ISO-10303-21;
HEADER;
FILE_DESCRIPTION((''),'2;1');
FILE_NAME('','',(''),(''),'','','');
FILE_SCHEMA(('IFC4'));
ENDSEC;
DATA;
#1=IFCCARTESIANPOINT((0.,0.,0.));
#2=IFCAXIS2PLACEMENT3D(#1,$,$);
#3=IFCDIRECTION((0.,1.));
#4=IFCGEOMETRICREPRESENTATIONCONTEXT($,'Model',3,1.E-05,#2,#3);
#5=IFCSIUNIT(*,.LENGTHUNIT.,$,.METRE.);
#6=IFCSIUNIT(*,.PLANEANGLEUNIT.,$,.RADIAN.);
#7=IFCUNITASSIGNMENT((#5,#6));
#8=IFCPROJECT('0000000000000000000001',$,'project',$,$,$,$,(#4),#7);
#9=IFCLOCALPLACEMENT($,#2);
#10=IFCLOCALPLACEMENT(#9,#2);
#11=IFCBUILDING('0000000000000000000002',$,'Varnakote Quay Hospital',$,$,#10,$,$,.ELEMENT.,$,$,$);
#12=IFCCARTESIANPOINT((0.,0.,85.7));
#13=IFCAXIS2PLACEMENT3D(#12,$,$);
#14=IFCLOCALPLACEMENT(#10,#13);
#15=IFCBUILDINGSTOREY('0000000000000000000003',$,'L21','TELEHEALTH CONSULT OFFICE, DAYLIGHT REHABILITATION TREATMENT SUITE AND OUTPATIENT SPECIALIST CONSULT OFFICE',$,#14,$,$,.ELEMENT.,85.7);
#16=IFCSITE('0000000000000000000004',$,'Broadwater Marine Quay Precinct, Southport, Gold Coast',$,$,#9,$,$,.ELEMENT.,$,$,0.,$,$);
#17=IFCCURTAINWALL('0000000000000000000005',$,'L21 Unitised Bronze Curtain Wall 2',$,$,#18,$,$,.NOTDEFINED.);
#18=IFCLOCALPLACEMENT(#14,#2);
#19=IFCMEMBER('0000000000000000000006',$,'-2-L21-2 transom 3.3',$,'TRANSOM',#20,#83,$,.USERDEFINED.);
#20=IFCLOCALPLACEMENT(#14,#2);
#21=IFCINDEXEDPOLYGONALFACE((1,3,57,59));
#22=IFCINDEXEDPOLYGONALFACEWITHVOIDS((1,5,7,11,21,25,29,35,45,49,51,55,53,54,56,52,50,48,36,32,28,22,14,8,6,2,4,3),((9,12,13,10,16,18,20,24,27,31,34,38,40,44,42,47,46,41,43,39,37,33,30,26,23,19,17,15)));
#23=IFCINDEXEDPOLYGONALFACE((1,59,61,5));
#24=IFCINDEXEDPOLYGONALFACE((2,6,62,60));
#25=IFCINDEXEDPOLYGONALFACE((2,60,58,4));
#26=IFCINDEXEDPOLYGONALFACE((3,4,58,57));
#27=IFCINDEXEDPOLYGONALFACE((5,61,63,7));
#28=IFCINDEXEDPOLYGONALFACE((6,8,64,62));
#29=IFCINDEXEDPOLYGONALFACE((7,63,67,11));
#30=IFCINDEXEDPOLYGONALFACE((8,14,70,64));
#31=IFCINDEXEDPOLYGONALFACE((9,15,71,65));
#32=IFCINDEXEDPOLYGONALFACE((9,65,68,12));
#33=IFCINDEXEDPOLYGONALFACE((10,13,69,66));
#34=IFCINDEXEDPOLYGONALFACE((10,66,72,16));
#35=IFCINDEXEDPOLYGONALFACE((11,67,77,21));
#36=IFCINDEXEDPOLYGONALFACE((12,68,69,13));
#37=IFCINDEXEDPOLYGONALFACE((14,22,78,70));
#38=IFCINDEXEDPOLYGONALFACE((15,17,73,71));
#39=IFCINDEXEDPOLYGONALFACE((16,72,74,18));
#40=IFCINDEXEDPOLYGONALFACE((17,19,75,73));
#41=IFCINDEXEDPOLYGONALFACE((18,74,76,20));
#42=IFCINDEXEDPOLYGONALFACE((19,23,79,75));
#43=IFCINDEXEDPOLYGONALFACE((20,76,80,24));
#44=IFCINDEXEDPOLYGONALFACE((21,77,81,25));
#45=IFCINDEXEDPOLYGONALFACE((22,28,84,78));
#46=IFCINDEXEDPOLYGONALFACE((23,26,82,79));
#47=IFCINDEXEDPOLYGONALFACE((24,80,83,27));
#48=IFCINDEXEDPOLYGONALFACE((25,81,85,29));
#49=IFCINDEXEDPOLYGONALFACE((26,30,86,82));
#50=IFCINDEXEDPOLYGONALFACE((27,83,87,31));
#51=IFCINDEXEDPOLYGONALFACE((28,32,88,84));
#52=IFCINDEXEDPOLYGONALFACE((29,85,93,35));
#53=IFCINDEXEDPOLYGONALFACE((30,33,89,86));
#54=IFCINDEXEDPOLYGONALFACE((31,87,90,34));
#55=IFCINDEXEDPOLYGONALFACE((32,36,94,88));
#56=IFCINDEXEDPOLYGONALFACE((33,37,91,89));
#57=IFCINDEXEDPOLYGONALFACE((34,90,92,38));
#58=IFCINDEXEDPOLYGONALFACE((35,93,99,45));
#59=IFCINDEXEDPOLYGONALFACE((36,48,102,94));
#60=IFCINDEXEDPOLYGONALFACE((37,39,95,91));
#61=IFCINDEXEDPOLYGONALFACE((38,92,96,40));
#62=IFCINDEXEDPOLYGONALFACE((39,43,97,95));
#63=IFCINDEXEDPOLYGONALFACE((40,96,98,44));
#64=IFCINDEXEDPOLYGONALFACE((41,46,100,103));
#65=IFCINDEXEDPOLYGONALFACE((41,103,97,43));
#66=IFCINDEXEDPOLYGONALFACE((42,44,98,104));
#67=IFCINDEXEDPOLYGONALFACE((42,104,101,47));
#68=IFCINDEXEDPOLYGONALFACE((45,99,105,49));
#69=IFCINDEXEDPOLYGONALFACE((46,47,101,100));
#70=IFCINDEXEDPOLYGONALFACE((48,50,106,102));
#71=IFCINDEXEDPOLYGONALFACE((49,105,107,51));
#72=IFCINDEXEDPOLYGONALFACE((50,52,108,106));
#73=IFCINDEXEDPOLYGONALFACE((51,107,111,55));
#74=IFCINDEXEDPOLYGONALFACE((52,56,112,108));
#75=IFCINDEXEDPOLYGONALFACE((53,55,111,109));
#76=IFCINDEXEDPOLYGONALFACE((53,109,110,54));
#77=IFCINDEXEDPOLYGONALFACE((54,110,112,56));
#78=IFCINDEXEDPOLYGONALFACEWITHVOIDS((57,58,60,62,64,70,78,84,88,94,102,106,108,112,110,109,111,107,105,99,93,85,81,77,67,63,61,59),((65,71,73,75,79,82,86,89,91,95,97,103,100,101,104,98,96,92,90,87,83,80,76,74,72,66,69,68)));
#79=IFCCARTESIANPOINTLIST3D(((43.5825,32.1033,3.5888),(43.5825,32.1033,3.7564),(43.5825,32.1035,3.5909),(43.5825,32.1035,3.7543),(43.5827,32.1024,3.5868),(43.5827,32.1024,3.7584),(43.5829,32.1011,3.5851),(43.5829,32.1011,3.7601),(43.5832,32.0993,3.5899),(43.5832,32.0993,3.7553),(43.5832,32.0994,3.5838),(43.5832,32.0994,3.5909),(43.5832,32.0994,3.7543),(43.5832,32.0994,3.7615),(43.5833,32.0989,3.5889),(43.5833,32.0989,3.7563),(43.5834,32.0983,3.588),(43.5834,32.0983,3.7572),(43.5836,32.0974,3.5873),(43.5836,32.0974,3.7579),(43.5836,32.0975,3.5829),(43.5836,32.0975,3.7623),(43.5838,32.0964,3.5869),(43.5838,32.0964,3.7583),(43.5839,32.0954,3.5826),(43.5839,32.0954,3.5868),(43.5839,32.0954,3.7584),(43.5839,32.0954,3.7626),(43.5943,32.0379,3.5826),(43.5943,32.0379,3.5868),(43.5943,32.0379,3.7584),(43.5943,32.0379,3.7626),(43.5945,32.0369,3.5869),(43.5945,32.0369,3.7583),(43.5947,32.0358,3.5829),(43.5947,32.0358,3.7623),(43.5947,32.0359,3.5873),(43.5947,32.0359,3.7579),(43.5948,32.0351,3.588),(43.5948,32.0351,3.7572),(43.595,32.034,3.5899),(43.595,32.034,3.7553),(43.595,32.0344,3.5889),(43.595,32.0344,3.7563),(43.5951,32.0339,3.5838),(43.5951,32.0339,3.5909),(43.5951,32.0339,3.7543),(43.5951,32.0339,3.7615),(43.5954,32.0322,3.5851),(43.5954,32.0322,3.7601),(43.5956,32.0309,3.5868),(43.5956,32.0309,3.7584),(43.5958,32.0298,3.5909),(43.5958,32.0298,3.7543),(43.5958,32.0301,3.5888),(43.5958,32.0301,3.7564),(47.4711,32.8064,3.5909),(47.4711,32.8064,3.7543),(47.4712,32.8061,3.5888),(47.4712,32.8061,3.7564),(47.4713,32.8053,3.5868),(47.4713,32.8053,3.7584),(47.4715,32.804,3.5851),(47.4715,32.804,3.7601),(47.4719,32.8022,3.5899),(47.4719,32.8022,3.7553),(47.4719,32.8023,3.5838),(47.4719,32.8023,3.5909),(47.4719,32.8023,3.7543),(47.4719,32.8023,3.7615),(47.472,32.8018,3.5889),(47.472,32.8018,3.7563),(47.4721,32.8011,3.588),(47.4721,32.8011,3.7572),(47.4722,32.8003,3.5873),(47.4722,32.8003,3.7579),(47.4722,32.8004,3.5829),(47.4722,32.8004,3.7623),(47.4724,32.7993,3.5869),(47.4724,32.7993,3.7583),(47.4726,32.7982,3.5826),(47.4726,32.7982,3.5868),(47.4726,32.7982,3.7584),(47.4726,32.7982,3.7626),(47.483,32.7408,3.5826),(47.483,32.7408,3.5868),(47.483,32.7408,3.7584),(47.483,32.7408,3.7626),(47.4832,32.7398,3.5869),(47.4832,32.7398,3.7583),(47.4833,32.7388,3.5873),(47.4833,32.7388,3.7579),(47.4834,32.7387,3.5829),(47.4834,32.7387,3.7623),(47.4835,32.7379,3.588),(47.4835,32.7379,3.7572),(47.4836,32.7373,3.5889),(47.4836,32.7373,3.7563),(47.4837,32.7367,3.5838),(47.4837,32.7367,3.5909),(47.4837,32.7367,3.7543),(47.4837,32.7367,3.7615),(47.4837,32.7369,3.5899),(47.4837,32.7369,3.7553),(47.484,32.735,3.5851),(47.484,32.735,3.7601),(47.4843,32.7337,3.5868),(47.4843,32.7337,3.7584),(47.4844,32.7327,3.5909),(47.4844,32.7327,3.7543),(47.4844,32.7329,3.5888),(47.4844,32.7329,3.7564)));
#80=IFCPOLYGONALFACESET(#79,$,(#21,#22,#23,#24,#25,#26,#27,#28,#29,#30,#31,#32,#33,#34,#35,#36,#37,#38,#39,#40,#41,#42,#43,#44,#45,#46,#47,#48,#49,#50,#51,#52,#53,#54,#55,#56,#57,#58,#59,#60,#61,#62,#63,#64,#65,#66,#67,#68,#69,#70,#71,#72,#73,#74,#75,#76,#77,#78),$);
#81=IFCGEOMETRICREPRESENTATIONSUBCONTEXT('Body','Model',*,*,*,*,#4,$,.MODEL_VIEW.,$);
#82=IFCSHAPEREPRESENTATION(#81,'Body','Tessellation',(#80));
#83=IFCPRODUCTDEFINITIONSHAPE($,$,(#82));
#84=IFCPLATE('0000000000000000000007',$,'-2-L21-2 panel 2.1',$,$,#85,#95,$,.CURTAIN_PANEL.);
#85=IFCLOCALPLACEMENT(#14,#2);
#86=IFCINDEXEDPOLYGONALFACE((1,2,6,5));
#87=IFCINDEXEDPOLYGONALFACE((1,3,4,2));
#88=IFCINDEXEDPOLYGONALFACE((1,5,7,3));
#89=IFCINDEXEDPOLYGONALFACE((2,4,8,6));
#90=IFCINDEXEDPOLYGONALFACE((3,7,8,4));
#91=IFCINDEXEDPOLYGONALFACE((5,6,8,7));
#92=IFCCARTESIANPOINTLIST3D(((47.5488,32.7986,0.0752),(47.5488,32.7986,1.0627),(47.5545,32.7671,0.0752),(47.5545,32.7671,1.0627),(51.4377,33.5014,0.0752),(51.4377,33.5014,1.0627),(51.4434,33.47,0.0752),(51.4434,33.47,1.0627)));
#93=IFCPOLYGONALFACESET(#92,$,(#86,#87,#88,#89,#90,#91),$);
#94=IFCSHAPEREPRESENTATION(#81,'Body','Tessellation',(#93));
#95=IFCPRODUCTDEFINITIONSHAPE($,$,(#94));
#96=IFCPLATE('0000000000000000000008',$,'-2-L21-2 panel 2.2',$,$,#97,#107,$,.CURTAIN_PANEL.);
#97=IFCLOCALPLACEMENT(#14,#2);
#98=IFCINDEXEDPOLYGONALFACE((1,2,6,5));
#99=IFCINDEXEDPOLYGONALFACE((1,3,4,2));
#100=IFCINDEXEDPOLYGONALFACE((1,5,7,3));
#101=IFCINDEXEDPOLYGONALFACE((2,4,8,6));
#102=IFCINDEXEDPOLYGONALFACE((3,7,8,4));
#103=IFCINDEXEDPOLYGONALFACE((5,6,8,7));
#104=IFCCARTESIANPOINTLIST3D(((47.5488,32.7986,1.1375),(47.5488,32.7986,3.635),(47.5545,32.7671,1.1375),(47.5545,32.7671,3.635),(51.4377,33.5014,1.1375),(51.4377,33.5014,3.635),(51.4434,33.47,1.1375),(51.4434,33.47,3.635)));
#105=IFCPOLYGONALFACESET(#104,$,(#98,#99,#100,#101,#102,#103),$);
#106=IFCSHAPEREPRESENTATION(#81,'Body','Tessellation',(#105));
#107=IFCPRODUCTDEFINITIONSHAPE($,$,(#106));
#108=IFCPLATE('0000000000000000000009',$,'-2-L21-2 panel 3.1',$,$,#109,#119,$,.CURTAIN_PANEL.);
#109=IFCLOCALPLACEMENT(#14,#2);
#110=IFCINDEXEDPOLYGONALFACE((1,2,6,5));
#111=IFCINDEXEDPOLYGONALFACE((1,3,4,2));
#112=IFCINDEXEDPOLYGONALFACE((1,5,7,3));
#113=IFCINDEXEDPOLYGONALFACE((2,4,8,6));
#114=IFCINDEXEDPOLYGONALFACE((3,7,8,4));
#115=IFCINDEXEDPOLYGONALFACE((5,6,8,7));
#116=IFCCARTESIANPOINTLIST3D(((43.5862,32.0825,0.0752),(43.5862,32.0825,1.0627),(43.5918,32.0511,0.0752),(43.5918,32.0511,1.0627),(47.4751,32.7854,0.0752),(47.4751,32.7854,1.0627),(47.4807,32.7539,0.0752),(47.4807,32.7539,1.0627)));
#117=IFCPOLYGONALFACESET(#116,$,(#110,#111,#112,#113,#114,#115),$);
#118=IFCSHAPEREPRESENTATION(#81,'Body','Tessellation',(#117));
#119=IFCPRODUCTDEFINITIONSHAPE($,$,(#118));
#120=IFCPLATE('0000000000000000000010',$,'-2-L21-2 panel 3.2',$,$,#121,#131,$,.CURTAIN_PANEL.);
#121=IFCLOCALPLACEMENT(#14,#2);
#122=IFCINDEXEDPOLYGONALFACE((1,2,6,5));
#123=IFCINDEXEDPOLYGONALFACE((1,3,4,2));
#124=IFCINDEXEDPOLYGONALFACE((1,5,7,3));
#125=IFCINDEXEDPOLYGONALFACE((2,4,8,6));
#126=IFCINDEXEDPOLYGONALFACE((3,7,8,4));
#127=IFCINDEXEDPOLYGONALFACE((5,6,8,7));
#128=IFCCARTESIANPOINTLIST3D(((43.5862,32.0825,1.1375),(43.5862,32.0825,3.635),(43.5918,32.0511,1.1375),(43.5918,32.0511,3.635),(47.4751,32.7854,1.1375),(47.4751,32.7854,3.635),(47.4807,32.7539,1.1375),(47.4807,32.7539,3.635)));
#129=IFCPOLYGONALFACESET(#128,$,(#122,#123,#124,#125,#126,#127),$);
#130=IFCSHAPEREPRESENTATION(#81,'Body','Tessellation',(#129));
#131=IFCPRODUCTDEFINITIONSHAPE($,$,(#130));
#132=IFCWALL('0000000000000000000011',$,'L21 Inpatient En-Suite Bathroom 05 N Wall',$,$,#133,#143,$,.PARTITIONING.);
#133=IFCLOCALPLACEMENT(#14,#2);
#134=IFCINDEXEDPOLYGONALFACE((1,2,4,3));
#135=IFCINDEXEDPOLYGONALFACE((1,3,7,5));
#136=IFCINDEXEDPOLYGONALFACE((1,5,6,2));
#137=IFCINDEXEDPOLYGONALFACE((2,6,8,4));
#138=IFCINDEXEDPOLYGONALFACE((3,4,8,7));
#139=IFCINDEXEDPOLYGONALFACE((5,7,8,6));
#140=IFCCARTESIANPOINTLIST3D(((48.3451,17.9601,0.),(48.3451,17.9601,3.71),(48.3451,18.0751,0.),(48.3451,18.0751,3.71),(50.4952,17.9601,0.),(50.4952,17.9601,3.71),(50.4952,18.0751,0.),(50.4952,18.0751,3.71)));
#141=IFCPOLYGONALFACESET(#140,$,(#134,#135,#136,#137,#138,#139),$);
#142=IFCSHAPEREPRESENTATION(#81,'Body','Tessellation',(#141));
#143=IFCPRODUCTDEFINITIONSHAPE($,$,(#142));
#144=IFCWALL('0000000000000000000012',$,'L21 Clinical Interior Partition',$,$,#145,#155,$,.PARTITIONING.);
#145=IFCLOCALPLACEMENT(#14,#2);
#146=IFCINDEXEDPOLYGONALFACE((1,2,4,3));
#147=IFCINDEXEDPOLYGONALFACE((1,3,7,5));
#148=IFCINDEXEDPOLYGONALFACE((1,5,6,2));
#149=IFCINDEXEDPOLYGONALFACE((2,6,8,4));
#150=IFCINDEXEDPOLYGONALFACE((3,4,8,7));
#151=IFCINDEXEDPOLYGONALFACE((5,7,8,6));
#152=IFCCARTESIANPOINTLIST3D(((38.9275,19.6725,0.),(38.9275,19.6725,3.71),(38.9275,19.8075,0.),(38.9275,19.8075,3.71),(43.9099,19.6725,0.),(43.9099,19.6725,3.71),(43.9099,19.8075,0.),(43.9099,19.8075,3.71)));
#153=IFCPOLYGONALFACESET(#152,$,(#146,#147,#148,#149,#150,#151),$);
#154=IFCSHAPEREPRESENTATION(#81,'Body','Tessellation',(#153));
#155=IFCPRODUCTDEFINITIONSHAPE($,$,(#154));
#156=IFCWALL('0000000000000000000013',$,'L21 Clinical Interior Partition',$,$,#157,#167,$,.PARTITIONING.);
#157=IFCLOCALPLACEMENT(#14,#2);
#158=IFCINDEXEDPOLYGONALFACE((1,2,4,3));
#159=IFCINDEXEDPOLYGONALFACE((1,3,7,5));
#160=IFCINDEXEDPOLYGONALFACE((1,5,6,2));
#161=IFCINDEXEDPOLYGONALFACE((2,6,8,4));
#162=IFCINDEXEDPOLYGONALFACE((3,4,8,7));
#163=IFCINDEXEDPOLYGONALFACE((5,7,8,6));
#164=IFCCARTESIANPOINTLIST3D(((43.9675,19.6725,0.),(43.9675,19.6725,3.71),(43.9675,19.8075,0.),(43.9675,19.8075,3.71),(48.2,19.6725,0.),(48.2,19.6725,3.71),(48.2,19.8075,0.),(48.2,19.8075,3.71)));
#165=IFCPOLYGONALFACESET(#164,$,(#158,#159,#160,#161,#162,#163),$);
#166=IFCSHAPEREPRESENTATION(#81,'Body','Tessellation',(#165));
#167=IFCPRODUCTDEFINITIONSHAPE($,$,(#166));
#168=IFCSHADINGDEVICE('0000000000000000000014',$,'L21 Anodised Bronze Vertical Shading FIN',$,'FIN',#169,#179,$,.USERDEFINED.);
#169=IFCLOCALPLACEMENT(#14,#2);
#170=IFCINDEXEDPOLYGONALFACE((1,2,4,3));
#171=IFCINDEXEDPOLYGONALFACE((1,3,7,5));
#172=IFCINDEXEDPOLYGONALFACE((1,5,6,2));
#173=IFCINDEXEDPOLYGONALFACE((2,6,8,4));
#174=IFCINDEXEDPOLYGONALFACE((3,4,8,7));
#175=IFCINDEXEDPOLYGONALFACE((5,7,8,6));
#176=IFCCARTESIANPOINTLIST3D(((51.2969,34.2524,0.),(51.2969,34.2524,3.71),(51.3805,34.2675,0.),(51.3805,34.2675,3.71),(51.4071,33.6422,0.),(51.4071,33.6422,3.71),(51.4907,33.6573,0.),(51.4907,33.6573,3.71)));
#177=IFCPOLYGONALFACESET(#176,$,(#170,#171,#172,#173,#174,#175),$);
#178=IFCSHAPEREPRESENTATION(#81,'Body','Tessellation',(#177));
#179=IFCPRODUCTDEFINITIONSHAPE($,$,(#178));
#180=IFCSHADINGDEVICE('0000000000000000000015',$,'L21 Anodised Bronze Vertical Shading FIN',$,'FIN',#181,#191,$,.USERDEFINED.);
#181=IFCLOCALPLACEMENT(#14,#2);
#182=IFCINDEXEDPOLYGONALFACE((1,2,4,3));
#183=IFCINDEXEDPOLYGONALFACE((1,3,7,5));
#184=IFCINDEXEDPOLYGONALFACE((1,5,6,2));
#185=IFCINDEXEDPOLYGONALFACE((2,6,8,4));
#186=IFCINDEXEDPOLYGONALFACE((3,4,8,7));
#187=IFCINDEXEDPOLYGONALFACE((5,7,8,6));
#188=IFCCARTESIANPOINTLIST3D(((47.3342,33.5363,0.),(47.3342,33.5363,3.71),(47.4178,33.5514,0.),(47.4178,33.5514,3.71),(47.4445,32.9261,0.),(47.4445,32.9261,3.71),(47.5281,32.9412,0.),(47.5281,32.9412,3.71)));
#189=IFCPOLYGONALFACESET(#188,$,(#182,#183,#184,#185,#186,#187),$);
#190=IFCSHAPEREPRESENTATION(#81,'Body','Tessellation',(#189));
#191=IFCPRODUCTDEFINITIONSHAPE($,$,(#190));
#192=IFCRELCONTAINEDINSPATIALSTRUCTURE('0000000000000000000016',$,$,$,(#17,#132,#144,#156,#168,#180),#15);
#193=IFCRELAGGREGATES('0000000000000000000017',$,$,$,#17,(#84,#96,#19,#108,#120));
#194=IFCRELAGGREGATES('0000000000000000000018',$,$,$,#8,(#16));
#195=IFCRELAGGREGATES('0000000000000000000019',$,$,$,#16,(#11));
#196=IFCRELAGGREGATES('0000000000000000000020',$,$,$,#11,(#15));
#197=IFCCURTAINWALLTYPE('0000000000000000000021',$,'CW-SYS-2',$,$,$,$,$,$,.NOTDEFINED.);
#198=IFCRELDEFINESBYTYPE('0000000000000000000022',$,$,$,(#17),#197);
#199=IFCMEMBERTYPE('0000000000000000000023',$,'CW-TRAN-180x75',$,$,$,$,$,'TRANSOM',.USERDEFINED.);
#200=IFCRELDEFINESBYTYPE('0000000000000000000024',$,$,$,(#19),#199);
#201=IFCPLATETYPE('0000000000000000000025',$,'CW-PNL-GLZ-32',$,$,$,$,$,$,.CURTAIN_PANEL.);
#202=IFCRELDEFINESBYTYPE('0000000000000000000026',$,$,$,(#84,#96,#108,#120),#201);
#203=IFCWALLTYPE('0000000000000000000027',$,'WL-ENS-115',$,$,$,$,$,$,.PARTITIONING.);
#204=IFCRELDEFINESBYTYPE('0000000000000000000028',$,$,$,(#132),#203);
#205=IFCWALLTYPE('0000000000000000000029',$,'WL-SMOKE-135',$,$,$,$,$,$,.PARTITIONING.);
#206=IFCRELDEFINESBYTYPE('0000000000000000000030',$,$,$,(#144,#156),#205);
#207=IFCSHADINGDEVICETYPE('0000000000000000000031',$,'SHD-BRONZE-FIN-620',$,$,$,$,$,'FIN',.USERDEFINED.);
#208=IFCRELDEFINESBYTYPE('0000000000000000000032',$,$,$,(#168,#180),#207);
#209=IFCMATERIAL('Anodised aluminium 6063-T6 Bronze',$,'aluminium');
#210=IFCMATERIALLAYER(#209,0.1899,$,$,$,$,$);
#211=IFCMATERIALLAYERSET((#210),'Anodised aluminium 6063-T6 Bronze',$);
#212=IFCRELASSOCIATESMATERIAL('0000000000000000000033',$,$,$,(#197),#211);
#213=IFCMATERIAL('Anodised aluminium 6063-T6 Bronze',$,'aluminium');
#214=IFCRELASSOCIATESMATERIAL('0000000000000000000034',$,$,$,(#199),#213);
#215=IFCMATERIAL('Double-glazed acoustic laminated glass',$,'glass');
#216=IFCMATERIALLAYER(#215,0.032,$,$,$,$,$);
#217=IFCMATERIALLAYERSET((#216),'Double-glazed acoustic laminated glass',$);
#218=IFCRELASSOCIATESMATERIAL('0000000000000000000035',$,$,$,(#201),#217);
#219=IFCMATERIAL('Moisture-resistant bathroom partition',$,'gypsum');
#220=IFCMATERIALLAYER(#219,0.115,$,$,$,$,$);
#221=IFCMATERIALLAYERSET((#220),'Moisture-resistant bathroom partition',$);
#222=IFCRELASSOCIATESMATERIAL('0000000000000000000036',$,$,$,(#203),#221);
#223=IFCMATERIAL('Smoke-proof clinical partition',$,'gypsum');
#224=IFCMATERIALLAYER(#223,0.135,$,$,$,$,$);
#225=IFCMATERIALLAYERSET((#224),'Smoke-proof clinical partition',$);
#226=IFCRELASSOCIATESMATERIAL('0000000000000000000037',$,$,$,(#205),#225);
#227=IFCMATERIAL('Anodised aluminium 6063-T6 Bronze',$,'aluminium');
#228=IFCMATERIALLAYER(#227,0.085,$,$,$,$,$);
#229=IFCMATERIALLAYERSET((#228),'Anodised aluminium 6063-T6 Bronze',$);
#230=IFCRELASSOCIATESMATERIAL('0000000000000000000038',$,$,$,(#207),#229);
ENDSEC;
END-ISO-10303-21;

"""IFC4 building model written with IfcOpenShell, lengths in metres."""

from ifc_helpers import new_model, si_unit, direction, frame, frame_2d, origin, origin_2d, place, context, subcontext, project, spatial, rectangle, hollow_rectangle, extrude, material, layer, layer_set, material_profile, profile_set, type_object, element, aggregate, save


model = new_model("IFC4")

# Units and contexts
model_context = context("Model", 3, precision=1e-05, world=origin(), true_north=direction((0.0, 1.0)))
body_context = subcontext(model_context, "Body", "Model", "MODEL_VIEW")
ifc_project = project(units=[si_unit("LENGTHUNIT", "METRE"), si_unit("PLANEANGLEUNIT", "RADIAN")], contexts=[model_context])

# Site, building, storey
site_placement = place(None, origin())
site = spatial("IfcSite", under=ifc_project, at=site_placement, Name="Broadwater Marine Quay Precinct, Southport, Gold Coast", CompositionType="ELEMENT", RefElevation=0.0)
building_placement = place(site_placement, origin())
building = spatial("IfcBuilding", under=site, at=building_placement, Name="Varnakote Quay Hospital", CompositionType="ELEMENT")
storey_placement = place(building_placement, frame((0.0, 0.0, 85.7)))
storey = spatial("IfcBuildingStorey", under=building, at=storey_placement, Name="L21", Description="TELEHEALTH CONSULT OFFICE, DAYLIGHT REHABILITATION TREATMENT SUITE AND OUTPATIENT SPECIALIST CONSULT OFFICE", CompositionType="ELEMENT", Elevation=85.7)

# Curtain wall, member, plates
ifc_material_1 = material(Name="Anodised aluminium 6063-T6 Bronze", Category="aluminium")
ifc_layer_1 = layer(ifc_material_1, 0.1899)
ifc_layer_set_1 = layer_set([ifc_layer_1], Name="Anodised aluminium 6063-T6 Bronze")
curtain_wall_type = type_object("IfcCurtainWallType", Name="CW-SYS-2", PredefinedType="NOTDEFINED", material=ifc_layer_set_1)
curtain_wall_placement = place(storey_placement, origin())
curtain_wall = element("IfcCurtainWall", 1, at=curtain_wall_placement, inside=storey, type_object=curtain_wall_type, Name="L21 Unitised Bronze Curtain Wall 2", PredefinedType="NOTDEFINED")
ifc_material_2 = material(Name="Anodised aluminium 6063-T6 Bronze", Category="aluminium")
ifc_material_profile_1 = material_profile(ifc_material_2, hollow_rectangle(XDim=0.075, YDim=0.1799, WallThickness=0.0042, InnerFilletRadius=0.0042, OuterFilletRadius=0.0083, at=origin_2d()), Name="CW-TRAN-180x75")
ifc_profile_set_1 = profile_set([ifc_material_profile_1], Name="Anodised aluminium 6063-T6 Bronze")
member_type_1 = type_object("IfcMemberType", Name="CW-TRAN-180x75", ElementType="TRANSOM", PredefinedType="USERDEFINED", material=ifc_profile_set_1)
member_1_placement = place(storey_placement, frame((47.4778, 32.7695, 3.6726), z_axis=(-0.984054, -0.177869, 0.0), x_axis=(0.177869, -0.984054, 0.0)))
member_1 = element("IfcMember", 2, at=member_1_placement, type_object=member_type_1, Name="-2-L21-2 transom 3.3", ObjectType="TRANSOM", PredefinedType="USERDEFINED", context=body_context, shape_type="SweptSolid", body=[
    extrude(hollow_rectangle(XDim=0.075, YDim=0.1799, WallThickness=0.0042, InnerFilletRadius=0.0042, OuterFilletRadius=0.0083, at=origin_2d()), origin(), (0.0, 0.0, 1.0), 3.9517),
])
ifc_material_3 = material(Name="Double-glazed acoustic laminated glass", Category="glass")
ifc_layer_2 = layer(ifc_material_3, 0.032)
ifc_layer_set_2 = layer_set([ifc_layer_2], Name="Double-glazed acoustic laminated glass")
plate_type = type_object("IfcPlateType", Name="CW-PNL-GLZ-32", PredefinedType="CURTAIN_PANEL", material=ifc_layer_set_2)
plate_1_placement = place(storey_placement, frame((49.4961, 33.1343, 0.0752), z_axis=(0.0, 0.0, 1.0), x_axis=(-0.984058, -0.177846, 0.0)))
plate_1 = element("IfcPlate", 3, at=plate_1_placement, type_object=plate_type, Name="-2-L21-2 panel 2.1", PredefinedType="CURTAIN_PANEL", context=body_context, shape_type="SweptSolid", body=[
    extrude(rectangle(XDim=3.9519, YDim=0.032, at=origin_2d()), origin(), (0.0, 0.0, 1.0), 0.9875),
])
plate_2_placement = place(storey_placement, frame((49.4961, 33.1343, 1.1375), z_axis=(0.0, 0.0, 1.0), x_axis=(-0.984058, -0.177846, 0.0)))
plate_2 = element("IfcPlate", 4, at=plate_2_placement, type_object=plate_type, Name="-2-L21-2 panel 2.2", PredefinedType="CURTAIN_PANEL", context=body_context, shape_type="SweptSolid", body=[
    extrude(rectangle(XDim=3.9519, YDim=0.032, at=origin_2d()), origin(), (0.0, 0.0, 1.0), 2.4976),
])
plate_3_placement = place(storey_placement, frame((45.5334, 32.4182, 0.0752), z_axis=(0.0, 0.0, 1.0), x_axis=(-0.984058, -0.177846, 0.0)))
plate_3 = element("IfcPlate", 5, at=plate_3_placement, type_object=plate_type, Name="-2-L21-2 panel 3.1", PredefinedType="CURTAIN_PANEL", context=body_context, shape_type="SweptSolid", body=[
    extrude(rectangle(XDim=3.9519, YDim=0.032, at=origin_2d()), origin(), (0.0, 0.0, 1.0), 0.9875),
])
plate_4_placement = place(storey_placement, frame((45.5334, 32.4182, 1.1375), z_axis=(0.0, 0.0, 1.0), x_axis=(-0.984058, -0.177846, 0.0)))
plate_4 = element("IfcPlate", 6, at=plate_4_placement, type_object=plate_type, Name="-2-L21-2 panel 3.2", PredefinedType="CURTAIN_PANEL", context=body_context, shape_type="SweptSolid", body=[
    extrude(rectangle(XDim=3.9519, YDim=0.032, at=origin_2d()), origin(), (0.0, 0.0, 1.0), 2.4976),
])
aggregate(curtain_wall, [plate_1, plate_2, member_1, plate_3, plate_4])

# Walls
ifc_material_4 = material(Name="Moisture-resistant bathroom partition", Category="gypsum")
ifc_layer_3 = layer(ifc_material_4, 0.115)
ifc_layer_set_3 = layer_set([ifc_layer_3], Name="Moisture-resistant bathroom partition")
wall_type_1 = type_object("IfcWallType", Name="WL-ENS-115", PredefinedType="PARTITIONING", material=ifc_layer_set_3)
wall_1_placement = place(storey_placement, frame((48.345, 18.0176, 0.0), z_axis=(0.0, 0.0, 1.0), x_axis=(1.0, 0.0, 0.0)))
element("IfcWall", 7, at=wall_1_placement, inside=storey, type_object=wall_type_1, Name="L21 Inpatient En-Suite Bathroom 05 N Wall", PredefinedType="PARTITIONING", context=body_context, shape_type="SweptSolid", body=[
    extrude(rectangle(XDim=2.1501, YDim=0.115, at=frame_2d((1.0752, 0.0))), origin(), (0.0, 0.0, 1.0), 3.71),
])
ifc_material_5 = material(Name="Smoke-proof clinical partition", Category="gypsum")
ifc_layer_4 = layer(ifc_material_5, 0.135)
ifc_layer_set_4 = layer_set([ifc_layer_4], Name="Smoke-proof clinical partition")
wall_type_2 = type_object("IfcWallType", Name="WL-SMOKE-135", PredefinedType="PARTITIONING", material=ifc_layer_set_4)
wall_2_placement = place(storey_placement, frame((43.9099, 19.74, 0.0), z_axis=(0.0, 0.0, 1.0), x_axis=(-1.0, 0.0, 0.0)))
element("IfcWall", 8, at=wall_2_placement, inside=storey, type_object=wall_type_2, Name="L21 Clinical Interior Partition", PredefinedType="PARTITIONING", context=body_context, shape_type="SweptSolid", body=[
    extrude(rectangle(XDim=4.9824, YDim=0.135, at=frame_2d((2.4912, 0.0))), origin(), (0.0, 0.0, 1.0), 3.71),
])
wall_3_placement = place(storey_placement, frame((48.2, 19.74, 0.0), z_axis=(0.0, 0.0, 1.0), x_axis=(-1.0, 0.0, 0.0)))
element("IfcWall", 9, at=wall_3_placement, inside=storey, type_object=wall_type_2, Name="L21 Clinical Interior Partition", PredefinedType="PARTITIONING", context=body_context, shape_type="SweptSolid", body=[
    extrude(rectangle(XDim=4.2324, YDim=0.135, at=frame_2d((2.1162, 0.0))), origin(), (0.0, 0.0, 1.0), 3.71),
])

# Shading devices
ifc_material_6 = material(Name="Anodised aluminium 6063-T6 Bronze", Category="aluminium")
ifc_layer_5 = layer(ifc_material_6, 0.085)
ifc_layer_set_5 = layer_set([ifc_layer_5], Name="Anodised aluminium 6063-T6 Bronze")
shading_device_type = type_object("IfcShadingDeviceType", Name="SHD-BRONZE-FIN-620", ElementType="FIN", PredefinedType="USERDEFINED", material=ifc_layer_set_5)
for number, where, z_axis, x_axis, name in (
    (10, (51.3938, 33.9548, 0.0), (0.0, 0.0, 1.0), (0.177772, -0.984072, 0.0), "L21 Anodised Bronze Vertical Shading FIN"),
    (11, (47.4312, 33.2388, 0.0), (0.0, 0.0, 1.0), (0.177772, -0.984072, 0.0), "L21 Anodised Bronze Vertical Shading FIN"),
):
    element("IfcShadingDevice", number, at=place(storey_placement, frame(where, z_axis=z_axis, x_axis=x_axis)), inside=storey, type_object=shading_device_type, Name=name, ObjectType="FIN", PredefinedType="USERDEFINED", context=body_context, shape_type="SweptSolid", body=[
        extrude(rectangle(XDim=0.6201, YDim=0.085, at=origin_2d()), origin(), (0.0, 0.0, 1.0), 3.71),
    ])

save(model, "model.ifc")
